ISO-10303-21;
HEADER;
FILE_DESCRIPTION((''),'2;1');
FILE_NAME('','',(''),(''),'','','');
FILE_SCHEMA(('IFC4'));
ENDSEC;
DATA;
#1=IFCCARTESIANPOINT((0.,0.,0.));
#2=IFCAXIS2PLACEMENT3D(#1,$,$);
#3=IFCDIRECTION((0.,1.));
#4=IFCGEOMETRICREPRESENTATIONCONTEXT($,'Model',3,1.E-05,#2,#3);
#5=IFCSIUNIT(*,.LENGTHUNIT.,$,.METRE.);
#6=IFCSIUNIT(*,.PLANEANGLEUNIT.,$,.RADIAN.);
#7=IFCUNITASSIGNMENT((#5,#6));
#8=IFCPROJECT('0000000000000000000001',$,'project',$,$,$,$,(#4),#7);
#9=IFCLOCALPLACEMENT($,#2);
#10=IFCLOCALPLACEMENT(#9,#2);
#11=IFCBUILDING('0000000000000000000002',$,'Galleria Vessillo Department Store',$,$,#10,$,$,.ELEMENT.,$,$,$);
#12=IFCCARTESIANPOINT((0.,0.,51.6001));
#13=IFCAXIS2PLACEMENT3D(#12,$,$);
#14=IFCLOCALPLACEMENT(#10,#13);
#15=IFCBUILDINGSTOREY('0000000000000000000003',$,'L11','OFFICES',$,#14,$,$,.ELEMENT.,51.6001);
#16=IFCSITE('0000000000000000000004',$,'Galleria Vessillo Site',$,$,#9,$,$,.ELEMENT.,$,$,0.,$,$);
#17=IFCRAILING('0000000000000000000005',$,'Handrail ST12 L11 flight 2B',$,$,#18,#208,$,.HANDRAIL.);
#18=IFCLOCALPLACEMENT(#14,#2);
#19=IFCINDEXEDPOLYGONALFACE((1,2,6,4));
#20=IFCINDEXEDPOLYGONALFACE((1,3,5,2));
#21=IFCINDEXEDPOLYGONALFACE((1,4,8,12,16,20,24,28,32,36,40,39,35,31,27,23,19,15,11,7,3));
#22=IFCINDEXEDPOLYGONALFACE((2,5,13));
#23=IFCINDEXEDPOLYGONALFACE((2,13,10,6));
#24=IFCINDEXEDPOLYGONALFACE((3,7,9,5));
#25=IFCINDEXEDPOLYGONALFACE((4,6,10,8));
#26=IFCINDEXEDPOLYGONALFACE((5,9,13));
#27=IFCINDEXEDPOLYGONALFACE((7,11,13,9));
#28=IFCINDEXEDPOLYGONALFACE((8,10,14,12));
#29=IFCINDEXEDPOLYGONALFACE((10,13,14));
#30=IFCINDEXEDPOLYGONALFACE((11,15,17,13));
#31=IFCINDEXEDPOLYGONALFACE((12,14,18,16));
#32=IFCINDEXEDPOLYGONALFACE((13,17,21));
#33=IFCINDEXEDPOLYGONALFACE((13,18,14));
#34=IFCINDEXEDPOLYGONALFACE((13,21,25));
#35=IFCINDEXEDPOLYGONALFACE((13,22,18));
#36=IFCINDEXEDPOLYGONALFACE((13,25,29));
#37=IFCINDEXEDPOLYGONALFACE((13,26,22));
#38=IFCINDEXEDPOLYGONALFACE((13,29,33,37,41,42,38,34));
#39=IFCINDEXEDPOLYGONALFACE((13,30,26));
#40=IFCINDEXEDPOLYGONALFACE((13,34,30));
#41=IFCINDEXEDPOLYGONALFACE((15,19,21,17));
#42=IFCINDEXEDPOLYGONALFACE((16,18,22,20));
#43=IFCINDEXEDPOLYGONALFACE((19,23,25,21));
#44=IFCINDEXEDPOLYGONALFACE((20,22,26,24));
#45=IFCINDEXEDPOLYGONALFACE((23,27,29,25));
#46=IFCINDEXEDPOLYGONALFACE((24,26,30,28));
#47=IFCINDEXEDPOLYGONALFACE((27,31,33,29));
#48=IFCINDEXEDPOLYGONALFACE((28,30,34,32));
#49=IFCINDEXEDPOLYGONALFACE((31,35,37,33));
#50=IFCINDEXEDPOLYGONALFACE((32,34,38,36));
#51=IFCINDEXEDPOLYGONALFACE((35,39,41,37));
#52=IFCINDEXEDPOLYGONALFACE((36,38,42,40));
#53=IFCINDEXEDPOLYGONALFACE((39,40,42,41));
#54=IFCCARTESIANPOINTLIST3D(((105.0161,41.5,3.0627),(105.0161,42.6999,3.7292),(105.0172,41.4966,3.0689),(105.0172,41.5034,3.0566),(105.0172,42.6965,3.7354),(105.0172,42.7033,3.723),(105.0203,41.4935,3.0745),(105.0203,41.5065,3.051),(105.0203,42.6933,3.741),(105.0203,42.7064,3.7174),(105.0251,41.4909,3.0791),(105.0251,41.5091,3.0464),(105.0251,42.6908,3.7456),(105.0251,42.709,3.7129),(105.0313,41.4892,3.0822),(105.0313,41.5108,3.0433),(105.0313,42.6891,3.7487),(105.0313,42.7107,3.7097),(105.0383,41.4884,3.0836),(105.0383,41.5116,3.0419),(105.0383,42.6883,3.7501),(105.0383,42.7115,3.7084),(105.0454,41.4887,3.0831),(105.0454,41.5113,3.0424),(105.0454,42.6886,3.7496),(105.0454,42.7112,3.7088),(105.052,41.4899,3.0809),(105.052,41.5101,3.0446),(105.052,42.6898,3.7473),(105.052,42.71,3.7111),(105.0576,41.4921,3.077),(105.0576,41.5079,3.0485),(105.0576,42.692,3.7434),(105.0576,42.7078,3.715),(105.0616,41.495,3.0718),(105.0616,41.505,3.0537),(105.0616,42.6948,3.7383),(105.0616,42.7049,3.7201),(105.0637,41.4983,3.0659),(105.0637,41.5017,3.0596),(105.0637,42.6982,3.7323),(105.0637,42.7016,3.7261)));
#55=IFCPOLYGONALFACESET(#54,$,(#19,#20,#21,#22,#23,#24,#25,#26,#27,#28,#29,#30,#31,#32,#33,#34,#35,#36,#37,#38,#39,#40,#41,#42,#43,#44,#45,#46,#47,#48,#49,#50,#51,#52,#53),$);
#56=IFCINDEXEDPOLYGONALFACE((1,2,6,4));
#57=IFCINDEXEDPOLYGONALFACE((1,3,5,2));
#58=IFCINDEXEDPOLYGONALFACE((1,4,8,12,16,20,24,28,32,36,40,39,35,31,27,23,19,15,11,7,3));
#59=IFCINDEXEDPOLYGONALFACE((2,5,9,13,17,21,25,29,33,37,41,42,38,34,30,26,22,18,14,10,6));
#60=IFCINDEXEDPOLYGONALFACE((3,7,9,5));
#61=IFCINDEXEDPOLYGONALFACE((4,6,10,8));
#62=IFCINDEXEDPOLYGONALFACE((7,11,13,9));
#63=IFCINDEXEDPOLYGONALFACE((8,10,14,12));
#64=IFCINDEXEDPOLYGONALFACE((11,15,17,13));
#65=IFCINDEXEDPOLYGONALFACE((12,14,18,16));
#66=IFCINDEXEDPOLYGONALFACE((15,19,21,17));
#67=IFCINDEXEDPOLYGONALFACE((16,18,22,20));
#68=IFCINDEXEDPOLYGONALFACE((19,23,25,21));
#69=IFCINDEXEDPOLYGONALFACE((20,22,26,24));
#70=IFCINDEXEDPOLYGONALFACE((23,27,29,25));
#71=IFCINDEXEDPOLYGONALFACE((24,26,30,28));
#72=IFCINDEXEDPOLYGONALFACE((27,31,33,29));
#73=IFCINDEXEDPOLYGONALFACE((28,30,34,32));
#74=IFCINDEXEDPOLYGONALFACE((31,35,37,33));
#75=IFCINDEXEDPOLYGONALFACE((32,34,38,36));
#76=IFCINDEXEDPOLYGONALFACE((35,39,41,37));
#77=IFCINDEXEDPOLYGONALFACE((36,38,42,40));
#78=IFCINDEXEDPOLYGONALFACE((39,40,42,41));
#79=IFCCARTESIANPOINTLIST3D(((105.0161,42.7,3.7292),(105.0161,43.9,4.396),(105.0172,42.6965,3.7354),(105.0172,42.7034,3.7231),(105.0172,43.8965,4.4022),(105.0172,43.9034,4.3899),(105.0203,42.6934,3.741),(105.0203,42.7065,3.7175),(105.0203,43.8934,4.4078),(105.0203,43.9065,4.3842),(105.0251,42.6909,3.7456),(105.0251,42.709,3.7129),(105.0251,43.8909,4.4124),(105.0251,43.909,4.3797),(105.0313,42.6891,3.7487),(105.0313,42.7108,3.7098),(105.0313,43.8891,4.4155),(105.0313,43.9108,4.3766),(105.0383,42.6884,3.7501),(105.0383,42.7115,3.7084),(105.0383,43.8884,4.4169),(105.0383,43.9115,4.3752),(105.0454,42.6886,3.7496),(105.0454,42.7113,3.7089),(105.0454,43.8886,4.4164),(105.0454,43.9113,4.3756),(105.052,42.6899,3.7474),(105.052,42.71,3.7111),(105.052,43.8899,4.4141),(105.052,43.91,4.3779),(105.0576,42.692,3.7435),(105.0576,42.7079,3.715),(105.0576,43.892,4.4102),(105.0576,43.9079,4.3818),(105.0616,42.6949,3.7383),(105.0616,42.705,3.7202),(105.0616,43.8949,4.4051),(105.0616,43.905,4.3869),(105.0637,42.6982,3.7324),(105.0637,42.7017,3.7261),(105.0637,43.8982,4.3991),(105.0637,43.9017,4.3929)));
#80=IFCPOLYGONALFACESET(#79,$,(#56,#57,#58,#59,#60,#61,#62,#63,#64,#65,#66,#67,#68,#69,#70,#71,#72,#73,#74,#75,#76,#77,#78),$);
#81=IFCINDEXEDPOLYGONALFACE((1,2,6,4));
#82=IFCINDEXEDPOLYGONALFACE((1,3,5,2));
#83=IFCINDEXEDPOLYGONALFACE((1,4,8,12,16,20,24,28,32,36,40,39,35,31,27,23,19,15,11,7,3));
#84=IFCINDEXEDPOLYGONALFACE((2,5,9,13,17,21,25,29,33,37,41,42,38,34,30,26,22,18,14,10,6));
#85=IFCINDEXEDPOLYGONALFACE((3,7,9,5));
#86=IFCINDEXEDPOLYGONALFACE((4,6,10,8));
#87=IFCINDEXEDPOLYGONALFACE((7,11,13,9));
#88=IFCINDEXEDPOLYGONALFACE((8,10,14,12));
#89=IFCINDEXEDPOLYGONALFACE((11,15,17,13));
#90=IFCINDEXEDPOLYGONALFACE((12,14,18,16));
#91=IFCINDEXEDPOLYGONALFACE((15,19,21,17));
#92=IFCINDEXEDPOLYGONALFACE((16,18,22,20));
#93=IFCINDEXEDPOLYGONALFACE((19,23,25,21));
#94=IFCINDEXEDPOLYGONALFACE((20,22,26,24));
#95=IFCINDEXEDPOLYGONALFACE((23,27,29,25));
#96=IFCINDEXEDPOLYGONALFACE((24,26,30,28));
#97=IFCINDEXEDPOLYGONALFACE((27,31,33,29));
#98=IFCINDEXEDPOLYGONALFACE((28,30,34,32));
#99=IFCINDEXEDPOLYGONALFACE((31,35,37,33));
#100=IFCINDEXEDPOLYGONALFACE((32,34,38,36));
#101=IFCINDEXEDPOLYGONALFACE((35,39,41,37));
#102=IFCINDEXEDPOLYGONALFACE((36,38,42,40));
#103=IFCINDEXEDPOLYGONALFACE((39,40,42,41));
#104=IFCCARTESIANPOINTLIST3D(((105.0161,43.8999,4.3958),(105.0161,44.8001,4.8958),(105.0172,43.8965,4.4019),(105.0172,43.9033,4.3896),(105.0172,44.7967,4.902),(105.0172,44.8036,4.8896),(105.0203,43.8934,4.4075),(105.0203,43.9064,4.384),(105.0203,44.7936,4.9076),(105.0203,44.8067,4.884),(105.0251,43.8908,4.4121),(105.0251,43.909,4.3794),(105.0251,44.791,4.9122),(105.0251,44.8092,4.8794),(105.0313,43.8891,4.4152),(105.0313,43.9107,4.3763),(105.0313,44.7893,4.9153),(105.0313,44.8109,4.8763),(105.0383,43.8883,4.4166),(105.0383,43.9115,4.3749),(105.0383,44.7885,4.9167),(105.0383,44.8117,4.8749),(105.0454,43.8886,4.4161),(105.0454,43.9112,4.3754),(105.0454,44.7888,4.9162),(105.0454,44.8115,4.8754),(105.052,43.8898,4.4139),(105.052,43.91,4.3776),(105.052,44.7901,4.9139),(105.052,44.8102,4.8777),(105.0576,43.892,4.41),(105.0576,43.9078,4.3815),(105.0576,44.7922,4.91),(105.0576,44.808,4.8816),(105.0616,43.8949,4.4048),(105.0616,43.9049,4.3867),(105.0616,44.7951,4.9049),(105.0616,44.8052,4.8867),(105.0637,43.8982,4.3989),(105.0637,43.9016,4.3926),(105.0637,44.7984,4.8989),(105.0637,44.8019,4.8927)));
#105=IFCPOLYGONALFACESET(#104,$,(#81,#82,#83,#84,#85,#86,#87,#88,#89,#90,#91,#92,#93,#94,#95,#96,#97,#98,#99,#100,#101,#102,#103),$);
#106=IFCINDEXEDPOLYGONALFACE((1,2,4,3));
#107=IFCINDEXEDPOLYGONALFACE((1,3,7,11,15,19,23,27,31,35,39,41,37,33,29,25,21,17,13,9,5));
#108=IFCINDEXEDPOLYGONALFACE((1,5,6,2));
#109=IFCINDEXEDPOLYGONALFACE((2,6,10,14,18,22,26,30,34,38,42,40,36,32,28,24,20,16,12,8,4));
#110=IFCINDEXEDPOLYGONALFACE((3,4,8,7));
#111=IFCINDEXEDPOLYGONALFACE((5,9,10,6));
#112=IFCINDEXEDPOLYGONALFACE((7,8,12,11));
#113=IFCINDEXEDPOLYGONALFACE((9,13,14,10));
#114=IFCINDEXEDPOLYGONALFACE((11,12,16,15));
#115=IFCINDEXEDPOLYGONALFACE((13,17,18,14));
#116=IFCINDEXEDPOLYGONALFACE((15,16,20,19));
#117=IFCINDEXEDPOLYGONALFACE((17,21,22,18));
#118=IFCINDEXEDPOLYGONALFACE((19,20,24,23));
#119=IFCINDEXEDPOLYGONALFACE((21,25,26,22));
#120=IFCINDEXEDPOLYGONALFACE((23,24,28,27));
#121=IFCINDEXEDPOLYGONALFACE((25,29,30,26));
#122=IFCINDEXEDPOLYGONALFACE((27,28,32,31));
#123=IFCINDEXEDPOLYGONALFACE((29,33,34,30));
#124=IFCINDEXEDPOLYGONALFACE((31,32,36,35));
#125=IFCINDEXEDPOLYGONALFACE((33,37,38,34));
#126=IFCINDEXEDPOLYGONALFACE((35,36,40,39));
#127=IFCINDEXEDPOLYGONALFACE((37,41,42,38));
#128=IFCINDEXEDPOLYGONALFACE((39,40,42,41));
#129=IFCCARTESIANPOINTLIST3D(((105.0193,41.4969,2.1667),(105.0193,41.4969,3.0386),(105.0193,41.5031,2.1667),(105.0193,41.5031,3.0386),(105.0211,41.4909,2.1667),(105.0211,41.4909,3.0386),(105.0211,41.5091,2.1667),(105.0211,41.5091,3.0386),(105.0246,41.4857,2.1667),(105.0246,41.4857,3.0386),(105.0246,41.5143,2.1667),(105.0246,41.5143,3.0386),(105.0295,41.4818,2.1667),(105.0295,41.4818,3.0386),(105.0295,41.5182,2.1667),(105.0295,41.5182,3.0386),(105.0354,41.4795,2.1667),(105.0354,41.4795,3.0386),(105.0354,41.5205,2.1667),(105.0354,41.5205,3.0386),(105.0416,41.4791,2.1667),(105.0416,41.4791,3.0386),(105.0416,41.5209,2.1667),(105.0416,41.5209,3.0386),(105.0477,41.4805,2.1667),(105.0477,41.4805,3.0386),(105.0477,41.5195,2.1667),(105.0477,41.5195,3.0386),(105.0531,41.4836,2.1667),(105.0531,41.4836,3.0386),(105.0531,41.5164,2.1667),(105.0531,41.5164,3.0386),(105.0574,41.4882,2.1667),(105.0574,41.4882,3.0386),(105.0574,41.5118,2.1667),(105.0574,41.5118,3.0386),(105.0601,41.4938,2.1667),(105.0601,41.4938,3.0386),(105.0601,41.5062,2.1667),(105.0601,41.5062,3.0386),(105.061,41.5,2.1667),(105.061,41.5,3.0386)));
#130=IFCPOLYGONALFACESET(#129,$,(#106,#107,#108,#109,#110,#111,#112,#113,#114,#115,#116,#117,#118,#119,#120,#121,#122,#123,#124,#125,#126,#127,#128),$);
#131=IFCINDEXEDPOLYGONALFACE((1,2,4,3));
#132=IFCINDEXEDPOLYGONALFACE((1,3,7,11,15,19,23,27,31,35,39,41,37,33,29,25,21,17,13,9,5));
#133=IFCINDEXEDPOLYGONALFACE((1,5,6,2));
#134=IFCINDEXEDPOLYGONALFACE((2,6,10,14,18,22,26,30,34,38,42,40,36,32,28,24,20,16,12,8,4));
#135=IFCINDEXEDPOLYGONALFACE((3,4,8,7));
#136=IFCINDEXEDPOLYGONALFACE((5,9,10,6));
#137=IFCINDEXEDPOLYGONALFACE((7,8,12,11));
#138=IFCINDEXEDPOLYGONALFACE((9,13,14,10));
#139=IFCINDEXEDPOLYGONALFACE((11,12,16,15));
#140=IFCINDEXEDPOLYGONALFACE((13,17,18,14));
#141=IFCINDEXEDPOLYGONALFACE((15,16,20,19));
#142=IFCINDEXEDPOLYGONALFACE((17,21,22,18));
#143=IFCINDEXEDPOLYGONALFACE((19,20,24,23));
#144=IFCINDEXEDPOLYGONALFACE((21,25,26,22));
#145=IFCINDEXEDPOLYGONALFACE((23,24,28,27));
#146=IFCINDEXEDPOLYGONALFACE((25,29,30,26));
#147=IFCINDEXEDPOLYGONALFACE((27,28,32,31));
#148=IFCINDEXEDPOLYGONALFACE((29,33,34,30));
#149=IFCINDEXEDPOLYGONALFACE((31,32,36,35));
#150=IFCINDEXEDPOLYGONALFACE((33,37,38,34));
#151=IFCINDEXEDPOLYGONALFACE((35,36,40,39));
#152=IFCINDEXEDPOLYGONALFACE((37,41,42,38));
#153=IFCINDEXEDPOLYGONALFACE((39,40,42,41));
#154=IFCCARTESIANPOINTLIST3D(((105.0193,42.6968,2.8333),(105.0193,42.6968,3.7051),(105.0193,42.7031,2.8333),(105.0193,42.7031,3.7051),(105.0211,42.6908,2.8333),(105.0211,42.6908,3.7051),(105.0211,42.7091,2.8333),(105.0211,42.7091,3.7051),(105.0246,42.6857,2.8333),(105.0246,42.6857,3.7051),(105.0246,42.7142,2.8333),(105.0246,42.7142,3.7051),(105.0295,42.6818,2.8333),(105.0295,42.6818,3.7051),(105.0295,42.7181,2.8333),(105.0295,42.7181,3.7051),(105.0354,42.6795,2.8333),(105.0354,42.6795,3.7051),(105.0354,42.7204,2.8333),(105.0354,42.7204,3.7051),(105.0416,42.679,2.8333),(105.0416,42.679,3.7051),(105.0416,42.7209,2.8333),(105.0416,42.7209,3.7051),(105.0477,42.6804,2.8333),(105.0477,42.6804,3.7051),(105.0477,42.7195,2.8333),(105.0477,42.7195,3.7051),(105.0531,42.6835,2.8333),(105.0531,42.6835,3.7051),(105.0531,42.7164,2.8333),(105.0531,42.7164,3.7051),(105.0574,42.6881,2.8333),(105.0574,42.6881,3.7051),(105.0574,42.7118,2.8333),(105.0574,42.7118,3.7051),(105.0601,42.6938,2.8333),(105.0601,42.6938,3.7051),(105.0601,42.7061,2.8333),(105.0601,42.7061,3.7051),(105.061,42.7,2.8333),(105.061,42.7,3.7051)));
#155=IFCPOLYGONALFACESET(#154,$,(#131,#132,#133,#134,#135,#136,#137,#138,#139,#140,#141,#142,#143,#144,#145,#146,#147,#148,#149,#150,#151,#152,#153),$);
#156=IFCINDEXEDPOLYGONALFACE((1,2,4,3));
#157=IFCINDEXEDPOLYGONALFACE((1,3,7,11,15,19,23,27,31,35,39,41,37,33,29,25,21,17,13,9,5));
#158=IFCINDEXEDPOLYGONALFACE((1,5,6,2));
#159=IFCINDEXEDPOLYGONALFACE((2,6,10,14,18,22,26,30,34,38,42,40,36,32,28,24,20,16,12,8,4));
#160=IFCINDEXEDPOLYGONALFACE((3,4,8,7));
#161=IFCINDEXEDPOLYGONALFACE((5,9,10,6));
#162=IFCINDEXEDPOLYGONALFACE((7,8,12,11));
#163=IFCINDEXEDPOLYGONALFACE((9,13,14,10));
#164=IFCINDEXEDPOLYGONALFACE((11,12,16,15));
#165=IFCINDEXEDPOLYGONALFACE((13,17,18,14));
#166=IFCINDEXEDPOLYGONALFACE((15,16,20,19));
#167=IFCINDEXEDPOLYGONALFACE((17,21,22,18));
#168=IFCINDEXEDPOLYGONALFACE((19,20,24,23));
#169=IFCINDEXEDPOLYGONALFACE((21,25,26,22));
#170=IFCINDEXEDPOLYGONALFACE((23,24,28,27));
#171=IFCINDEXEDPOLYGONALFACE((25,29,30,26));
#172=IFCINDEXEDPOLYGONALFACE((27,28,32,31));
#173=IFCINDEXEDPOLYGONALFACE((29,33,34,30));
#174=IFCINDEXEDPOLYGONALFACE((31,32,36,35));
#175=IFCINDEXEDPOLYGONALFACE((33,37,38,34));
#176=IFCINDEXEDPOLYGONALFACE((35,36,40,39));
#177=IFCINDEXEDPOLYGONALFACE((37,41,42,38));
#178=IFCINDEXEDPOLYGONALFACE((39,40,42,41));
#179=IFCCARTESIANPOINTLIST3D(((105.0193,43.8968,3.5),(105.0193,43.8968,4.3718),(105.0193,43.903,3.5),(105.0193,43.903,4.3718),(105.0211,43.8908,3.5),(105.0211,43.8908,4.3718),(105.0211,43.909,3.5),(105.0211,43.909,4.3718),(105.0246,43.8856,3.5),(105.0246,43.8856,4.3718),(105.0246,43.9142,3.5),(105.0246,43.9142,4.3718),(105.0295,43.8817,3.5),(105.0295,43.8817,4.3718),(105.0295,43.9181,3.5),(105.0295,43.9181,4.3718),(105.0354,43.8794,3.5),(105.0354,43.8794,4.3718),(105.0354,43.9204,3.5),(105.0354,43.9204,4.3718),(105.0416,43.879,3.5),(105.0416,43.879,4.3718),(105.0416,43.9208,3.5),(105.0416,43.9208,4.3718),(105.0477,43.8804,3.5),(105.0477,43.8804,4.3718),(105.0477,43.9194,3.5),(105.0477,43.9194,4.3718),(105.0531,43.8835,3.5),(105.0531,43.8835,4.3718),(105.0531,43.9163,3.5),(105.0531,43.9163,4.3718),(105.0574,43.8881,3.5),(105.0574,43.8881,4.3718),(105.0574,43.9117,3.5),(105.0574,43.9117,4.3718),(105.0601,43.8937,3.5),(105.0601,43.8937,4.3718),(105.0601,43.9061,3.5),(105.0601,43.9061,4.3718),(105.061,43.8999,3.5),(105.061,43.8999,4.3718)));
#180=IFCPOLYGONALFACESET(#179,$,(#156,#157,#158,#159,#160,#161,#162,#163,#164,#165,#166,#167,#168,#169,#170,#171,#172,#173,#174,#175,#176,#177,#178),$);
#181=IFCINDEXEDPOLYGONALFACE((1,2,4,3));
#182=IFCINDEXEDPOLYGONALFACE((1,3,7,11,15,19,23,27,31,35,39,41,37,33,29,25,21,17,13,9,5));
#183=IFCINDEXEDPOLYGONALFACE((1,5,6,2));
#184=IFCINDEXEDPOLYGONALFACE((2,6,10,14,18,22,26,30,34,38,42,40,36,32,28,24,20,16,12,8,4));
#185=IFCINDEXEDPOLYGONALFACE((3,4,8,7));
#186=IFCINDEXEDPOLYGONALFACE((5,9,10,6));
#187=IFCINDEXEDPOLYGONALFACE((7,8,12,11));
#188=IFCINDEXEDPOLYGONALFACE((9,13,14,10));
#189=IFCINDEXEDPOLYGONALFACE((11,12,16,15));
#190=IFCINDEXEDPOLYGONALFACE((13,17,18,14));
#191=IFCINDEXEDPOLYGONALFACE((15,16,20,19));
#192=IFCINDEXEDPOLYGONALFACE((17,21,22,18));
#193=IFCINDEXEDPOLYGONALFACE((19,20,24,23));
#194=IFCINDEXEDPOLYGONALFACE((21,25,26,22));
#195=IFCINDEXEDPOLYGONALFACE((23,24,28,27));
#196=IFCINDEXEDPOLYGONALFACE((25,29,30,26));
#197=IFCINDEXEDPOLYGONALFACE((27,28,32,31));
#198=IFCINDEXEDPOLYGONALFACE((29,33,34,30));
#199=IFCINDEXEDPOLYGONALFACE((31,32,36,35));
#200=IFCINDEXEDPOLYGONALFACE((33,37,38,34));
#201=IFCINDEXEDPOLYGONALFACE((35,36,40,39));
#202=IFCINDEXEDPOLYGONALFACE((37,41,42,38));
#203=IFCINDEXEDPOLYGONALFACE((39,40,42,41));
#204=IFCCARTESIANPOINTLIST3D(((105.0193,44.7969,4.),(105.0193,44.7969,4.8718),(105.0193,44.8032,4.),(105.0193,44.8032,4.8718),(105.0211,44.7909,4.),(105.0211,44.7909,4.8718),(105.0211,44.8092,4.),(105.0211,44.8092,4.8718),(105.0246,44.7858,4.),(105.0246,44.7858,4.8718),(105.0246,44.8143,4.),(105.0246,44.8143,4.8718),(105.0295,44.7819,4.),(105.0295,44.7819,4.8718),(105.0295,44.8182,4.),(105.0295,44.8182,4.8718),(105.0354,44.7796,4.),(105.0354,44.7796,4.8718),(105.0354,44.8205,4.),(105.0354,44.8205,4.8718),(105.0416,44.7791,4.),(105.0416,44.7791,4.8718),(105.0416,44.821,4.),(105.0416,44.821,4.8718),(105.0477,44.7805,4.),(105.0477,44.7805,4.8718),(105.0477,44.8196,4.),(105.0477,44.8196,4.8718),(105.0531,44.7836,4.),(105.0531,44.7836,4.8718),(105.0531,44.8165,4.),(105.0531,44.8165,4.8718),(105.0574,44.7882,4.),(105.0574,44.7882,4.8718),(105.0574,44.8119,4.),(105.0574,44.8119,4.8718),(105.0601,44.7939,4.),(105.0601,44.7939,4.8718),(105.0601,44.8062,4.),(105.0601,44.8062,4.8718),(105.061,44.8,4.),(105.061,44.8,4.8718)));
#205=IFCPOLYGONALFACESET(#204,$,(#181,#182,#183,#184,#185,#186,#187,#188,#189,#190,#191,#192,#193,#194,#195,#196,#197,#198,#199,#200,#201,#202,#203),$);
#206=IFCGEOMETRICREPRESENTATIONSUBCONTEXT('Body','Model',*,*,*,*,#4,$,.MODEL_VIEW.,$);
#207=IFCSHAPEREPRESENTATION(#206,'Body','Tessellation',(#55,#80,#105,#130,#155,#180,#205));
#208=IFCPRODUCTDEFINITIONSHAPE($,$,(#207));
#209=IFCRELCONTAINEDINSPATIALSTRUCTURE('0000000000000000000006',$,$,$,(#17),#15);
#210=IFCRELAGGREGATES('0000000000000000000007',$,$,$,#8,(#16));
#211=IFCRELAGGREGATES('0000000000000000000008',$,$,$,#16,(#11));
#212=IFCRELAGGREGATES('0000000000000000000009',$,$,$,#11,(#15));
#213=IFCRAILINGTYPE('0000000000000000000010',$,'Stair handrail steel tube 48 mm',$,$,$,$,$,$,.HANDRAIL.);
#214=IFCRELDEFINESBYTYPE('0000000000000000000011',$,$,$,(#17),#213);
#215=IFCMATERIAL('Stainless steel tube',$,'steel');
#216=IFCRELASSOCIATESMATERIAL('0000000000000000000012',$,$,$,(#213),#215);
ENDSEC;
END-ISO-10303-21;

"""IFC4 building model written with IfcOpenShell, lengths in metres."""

from ifc_helpers import new_model, si_unit, direction, frame, origin, origin_2d, place, context, subcontext, project, spatial, circle, extrude, material, type_object, element, save


model = new_model("IFC4")

# Units and contexts
model_context = context("Model", 3, precision=1e-05, world=origin(), true_north=direction((0.0, 1.0)))
body_context = subcontext(model_context, "Body", "Model", "MODEL_VIEW")
ifc_project = project(units=[si_unit("LENGTHUNIT", "METRE"), si_unit("PLANEANGLEUNIT", "RADIAN")], contexts=[model_context])

# Site, building, storey
site_placement = place(None, origin())
site = spatial("IfcSite", under=ifc_project, at=site_placement, Name="Galleria Vessillo Site", CompositionType="ELEMENT", RefElevation=0.0)
building_placement = place(site_placement, origin())
building = spatial("IfcBuilding", under=site, at=building_placement, Name="Galleria Vessillo Department Store", CompositionType="ELEMENT")
storey_placement = place(building_placement, frame((0.0, 0.0, 51.6001)))
storey = spatial("IfcBuildingStorey", under=building, at=storey_placement, Name="L11", Description="OFFICES", CompositionType="ELEMENT", Elevation=51.6001)

# Railing
ifc_material_1 = material(Name="Stainless steel tube", Category="steel")
railing_type = type_object("IfcRailingType", Name="Stair handrail steel tube 48 mm", PredefinedType="HANDRAIL", material=ifc_material_1)
for number, where, name in (
    (1, (105.04, 41.5, 2.1667), "Handrail ST12 L11 flight 2B"),
):
    element("IfcRailing", number, at=place(storey_placement, frame(where)), inside=storey, type_object=railing_type, Name=name, PredefinedType="HANDRAIL", context=body_context, shape_type="SweptSolid", body=[
        extrude(circle(Radius=0.0239, at=origin_2d()), frame((0.0, 0.0, 0.896), z_axis=(0.0, 0.874199, 0.485567), x_axis=(-1.0, 0.0, 0.0)), (0.0, 0.0, 1.0), 1.3726),
        extrude(circle(Radius=0.0239, at=origin_2d()), frame((0.0, 1.2, 1.5625), z_axis=(0.0, 0.874124, 0.485703), x_axis=(-1.0, 0.0, 0.0)), (0.0, 0.0, 1.0), 1.3728),
        extrude(circle(Radius=0.0239, at=origin_2d()), frame((0.0, 2.3999, 2.229), z_axis=(0.0, 0.874191, 0.485583), x_axis=(-1.0, 0.0, 0.0)), (0.0, 0.0, 1.0), 1.0298),
        extrude(circle(Radius=0.021, at=origin_2d()), origin(), (0.0, 0.0, 1.0), 0.8718),
        extrude(circle(Radius=0.021, at=origin_2d()), frame((0.0, 1.2, 0.6665)), (0.0, 0.0, 1.0), 0.8718),
        extrude(circle(Radius=0.021, at=origin_2d()), frame((0.0, 2.3999, 1.3333)), (0.0, 0.0, 1.0), 0.8718),
        extrude(circle(Radius=0.021, at=origin_2d()), frame((0.0, 3.3, 1.8333)), (0.0, 0.0, 1.0), 0.8718),
    ])

save(model, "model.ifc")
